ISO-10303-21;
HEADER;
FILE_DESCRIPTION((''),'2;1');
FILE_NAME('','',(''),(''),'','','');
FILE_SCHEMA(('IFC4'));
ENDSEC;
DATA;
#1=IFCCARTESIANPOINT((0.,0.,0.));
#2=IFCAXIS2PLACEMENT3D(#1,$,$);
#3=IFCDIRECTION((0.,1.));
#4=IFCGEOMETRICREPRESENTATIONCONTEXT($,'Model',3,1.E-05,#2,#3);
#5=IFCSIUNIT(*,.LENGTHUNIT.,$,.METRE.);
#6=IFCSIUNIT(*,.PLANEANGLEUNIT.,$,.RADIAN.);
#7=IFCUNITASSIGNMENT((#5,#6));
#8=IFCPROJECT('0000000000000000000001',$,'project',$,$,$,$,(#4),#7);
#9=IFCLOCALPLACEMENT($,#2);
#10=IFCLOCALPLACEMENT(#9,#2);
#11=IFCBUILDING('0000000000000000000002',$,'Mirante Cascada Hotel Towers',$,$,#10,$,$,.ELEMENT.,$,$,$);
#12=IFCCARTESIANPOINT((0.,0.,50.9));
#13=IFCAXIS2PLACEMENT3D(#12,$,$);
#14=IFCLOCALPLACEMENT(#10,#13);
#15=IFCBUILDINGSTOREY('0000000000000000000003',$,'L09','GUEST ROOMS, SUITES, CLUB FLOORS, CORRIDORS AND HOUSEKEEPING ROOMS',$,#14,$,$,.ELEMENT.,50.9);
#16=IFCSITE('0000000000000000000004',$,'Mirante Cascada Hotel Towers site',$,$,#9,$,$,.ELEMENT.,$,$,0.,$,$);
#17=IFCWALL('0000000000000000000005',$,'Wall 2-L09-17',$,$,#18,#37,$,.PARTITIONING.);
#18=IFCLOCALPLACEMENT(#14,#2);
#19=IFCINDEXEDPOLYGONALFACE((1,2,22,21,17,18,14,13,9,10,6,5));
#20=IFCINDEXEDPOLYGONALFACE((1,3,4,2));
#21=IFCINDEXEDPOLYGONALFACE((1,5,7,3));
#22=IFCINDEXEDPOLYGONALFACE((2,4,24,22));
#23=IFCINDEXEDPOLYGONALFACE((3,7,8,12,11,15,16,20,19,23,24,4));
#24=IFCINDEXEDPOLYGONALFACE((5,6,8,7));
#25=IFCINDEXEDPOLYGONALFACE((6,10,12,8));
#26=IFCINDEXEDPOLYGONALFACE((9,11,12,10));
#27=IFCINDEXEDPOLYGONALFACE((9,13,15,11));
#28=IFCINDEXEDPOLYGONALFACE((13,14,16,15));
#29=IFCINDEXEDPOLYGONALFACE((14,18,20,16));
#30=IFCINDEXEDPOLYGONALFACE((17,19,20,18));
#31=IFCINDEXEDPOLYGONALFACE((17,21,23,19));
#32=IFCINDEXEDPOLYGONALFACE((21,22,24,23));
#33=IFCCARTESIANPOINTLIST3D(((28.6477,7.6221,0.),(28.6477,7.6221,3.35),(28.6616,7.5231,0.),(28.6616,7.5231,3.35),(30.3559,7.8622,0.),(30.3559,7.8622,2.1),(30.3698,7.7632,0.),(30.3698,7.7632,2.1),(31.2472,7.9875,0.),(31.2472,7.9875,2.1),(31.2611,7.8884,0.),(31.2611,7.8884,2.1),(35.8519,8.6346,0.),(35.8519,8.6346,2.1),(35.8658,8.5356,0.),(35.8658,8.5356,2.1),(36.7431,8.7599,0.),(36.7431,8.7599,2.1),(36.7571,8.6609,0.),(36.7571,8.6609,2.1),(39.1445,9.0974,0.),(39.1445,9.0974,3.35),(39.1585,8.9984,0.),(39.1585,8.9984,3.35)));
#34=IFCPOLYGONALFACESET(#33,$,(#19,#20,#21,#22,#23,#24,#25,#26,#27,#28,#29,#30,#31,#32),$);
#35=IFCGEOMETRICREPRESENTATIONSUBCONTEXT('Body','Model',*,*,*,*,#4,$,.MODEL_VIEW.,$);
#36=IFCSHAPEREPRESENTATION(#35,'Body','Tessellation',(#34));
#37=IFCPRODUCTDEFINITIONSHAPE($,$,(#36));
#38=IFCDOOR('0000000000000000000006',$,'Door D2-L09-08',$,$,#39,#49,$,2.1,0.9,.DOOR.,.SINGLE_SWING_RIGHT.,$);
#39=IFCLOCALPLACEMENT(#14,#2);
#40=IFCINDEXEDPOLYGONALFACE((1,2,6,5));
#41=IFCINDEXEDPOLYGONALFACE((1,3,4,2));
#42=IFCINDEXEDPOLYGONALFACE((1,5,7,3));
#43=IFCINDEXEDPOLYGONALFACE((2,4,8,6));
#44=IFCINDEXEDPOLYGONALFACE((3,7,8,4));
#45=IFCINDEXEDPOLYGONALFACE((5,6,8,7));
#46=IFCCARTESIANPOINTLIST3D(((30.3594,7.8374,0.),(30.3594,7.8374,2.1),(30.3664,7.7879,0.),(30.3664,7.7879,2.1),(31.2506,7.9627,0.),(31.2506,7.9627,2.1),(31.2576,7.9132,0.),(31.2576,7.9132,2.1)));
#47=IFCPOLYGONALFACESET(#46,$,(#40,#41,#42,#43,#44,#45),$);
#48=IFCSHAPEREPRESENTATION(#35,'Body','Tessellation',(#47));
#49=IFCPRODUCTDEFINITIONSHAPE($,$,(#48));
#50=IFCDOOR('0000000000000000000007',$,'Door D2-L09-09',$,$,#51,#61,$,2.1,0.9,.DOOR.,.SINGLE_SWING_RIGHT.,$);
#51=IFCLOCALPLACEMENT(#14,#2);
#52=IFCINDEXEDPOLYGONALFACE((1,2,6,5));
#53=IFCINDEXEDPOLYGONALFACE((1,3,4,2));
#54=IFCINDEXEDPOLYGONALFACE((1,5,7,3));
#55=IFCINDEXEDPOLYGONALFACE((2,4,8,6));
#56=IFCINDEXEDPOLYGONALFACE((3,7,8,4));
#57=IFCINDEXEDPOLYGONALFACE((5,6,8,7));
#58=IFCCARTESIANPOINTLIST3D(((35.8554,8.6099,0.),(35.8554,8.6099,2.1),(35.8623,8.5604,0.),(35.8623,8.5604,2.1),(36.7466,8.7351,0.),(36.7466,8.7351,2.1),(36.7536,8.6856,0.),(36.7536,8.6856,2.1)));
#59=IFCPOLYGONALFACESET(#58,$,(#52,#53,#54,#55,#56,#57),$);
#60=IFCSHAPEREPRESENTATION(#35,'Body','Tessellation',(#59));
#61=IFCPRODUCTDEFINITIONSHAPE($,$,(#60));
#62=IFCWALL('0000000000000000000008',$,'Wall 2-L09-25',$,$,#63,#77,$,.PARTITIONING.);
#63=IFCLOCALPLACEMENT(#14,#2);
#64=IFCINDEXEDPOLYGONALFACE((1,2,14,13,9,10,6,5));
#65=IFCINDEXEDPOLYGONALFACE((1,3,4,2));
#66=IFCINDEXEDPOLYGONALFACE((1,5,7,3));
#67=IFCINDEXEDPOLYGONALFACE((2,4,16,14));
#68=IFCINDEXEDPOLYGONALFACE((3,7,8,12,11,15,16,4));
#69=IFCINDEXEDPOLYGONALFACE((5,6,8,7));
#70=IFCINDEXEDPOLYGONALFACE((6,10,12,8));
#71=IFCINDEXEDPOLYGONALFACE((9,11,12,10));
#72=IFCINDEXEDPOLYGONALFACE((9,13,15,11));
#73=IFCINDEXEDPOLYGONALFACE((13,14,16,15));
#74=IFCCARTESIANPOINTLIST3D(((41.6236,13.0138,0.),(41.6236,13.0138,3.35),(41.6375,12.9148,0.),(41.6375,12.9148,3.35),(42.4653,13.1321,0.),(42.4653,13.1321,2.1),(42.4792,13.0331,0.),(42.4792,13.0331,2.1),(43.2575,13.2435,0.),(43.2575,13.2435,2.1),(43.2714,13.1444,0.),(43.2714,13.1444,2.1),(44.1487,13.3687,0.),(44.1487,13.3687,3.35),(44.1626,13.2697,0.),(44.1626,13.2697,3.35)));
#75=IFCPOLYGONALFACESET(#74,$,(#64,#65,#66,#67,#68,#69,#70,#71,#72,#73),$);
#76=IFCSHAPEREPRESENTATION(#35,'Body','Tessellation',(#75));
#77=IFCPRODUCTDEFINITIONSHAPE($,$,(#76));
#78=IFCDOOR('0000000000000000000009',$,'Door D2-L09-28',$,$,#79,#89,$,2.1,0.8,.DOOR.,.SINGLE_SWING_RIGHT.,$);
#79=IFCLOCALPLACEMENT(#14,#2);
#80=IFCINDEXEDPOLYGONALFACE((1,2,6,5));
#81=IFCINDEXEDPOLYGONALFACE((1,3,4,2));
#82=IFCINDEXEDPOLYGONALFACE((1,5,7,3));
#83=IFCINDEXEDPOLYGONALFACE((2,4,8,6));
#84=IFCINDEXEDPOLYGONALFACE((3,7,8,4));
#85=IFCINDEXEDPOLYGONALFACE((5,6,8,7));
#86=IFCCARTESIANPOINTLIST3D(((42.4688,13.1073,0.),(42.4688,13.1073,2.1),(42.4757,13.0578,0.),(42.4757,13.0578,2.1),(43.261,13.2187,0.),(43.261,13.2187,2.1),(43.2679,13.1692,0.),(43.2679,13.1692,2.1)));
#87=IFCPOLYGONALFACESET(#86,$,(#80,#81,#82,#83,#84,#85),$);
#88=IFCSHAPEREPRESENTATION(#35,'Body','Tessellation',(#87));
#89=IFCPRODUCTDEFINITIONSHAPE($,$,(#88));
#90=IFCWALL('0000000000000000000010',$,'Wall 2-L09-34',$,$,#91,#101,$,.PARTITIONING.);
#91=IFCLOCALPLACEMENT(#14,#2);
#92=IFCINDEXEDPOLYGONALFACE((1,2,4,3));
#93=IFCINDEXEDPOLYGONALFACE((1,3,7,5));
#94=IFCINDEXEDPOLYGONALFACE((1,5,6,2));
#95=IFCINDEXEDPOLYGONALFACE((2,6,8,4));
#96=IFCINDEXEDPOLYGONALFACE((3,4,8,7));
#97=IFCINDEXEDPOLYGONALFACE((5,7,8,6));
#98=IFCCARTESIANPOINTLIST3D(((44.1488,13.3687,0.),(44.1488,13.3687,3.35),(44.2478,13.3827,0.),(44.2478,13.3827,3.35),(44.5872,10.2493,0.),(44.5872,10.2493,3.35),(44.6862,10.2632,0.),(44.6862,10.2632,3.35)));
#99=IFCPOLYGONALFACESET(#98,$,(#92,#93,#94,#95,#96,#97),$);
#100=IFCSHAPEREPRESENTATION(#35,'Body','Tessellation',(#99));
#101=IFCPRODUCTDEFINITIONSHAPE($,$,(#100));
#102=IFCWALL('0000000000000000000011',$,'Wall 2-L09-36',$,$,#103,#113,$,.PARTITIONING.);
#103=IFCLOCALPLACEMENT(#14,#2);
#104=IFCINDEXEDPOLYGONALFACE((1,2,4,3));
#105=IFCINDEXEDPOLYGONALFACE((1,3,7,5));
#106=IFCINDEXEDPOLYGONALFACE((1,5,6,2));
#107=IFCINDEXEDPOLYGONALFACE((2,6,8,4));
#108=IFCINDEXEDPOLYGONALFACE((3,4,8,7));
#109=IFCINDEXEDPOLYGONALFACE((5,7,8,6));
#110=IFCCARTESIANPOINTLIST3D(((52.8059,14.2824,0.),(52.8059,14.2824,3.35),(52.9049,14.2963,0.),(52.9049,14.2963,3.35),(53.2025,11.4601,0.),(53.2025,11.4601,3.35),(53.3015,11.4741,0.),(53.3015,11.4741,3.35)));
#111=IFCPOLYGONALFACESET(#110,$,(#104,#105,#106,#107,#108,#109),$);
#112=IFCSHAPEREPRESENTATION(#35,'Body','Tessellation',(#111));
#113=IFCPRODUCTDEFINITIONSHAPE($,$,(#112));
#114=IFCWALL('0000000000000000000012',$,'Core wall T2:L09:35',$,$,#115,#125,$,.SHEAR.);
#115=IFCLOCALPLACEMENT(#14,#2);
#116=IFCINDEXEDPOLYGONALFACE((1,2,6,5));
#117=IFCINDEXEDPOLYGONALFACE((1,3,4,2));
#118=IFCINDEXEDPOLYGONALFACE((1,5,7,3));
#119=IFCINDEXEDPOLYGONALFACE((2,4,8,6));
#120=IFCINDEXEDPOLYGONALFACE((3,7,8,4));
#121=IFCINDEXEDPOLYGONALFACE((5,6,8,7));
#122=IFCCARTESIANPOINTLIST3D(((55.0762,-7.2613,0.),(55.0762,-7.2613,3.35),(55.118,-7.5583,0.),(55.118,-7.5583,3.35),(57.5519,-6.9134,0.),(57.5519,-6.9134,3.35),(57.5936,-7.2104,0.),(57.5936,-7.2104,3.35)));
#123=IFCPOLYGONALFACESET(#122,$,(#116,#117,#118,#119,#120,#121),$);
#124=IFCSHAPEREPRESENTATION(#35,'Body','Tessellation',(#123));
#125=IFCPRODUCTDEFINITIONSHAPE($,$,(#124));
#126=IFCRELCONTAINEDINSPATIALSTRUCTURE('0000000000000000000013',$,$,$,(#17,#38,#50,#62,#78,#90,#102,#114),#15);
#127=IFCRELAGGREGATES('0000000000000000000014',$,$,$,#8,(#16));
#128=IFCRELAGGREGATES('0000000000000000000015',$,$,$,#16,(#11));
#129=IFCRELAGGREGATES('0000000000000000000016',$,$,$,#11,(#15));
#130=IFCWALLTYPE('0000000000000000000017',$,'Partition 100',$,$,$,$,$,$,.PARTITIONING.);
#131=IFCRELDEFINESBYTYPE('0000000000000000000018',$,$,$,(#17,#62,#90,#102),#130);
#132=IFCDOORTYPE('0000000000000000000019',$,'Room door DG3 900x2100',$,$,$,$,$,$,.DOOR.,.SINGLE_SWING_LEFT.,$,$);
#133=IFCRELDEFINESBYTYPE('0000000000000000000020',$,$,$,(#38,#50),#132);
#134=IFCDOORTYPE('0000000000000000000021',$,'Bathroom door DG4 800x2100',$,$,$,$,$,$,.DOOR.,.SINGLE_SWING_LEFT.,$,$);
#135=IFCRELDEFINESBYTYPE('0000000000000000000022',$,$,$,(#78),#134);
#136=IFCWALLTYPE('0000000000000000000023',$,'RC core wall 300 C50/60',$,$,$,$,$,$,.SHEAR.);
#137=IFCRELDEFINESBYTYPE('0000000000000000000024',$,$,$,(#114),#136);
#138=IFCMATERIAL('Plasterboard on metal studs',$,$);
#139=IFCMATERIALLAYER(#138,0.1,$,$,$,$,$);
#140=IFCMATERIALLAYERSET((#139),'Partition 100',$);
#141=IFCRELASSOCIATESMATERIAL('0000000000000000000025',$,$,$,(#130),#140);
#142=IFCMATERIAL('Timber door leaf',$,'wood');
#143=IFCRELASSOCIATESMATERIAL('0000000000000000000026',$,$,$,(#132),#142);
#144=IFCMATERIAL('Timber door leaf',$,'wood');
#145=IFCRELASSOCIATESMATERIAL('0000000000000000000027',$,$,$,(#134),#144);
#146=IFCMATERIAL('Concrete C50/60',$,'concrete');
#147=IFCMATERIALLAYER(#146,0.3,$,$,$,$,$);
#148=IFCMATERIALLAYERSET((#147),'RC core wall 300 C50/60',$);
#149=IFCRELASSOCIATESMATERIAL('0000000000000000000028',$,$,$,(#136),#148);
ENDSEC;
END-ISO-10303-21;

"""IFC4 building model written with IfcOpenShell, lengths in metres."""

from ifc_helpers import new_model, si_unit, direction, frame, frame_2d, origin, place, context, subcontext, project, spatial, rectangle, extrude, material, layer, layer_set, type_object, element, fill, save


model = new_model("IFC4")

# Units and contexts
model_context = context("Model", 3, precision=1e-05, world=origin(), true_north=direction((0.0, 1.0)))
body_context = subcontext(model_context, "Body", "Model", "MODEL_VIEW")
ifc_project = project(units=[si_unit("LENGTHUNIT", "METRE"), si_unit("PLANEANGLEUNIT", "RADIAN")], contexts=[model_context])

# Site, building, storey
site_placement = place(None, origin())
site = spatial("IfcSite", under=ifc_project, at=site_placement, Name="Mirante Cascada Hotel Towers site", CompositionType="ELEMENT", RefElevation=0.0)
building_placement = place(site_placement, origin())
building = spatial("IfcBuilding", under=site, at=building_placement, Name="Mirante Cascada Hotel Towers", CompositionType="ELEMENT")
storey_placement = place(building_placement, frame((0.0, 0.0, 50.9)))
storey = spatial("IfcBuildingStorey", under=building, at=storey_placement, Name="L09", Description="GUEST ROOMS, SUITES, CLUB FLOORS, CORRIDORS AND HOUSEKEEPING ROOMS", CompositionType="ELEMENT", Elevation=50.9)

# Wall, openings, doors
ifc_material_1 = material(Name="Plasterboard on metal studs")
ifc_layer_1 = layer(ifc_material_1, 0.1)
ifc_layer_set_1 = layer_set([ifc_layer_1], Name="Partition 100")
wall_type_1 = type_object("IfcWallType", Name="Partition 100", PredefinedType="PARTITIONING", material=ifc_layer_set_1)
ifc_material_2 = material(Name="Timber door leaf", Category="wood")
door_type_1 = type_object("IfcDoorType", Name="Room door DG3 900x2100", OperationType="SINGLE_SWING_LEFT", PredefinedType="DOOR", material=ifc_material_2)
wall_1_placement = place(storey_placement, frame((39.1515, 9.0479, 0.0), z_axis=(0.0, 0.0, 1.0), x_axis=(-0.990267, -0.13918, 0.0)))
wall_1 = element("IfcWall", 1, at=wall_1_placement, inside=storey, type_object=wall_type_1, Name="Wall 2-L09-17", PredefinedType="PARTITIONING", context=body_context, shape_type="SweptSolid", body=[
    extrude(rectangle(XDim=10.6, YDim=0.1, at=frame_2d((5.3, 0.0))), origin(), (0.0, 0.0, 1.0), 3.35),
])
opening_1_placement = place(wall_1_placement, frame((7.975, 0.0, 0.0)))
opening_1 = element("IfcOpeningElement", 2, at=opening_1_placement, cuts=wall_1, PredefinedType="OPENING", context=body_context, shape_type="SweptSolid", body=[
    extrude(rectangle(XDim=0.9, YDim=2.1, at=frame_2d((0.45, 1.05))), frame((0.0, 0.05, 0.0), z_axis=(0.0, -1.0, 0.0), x_axis=(1.0, 0.0, 0.0)), (0.0, 0.0, 1.0), 0.1),
])
opening_2_placement = place(wall_1_placement, frame((2.425, 0.0, 0.0)))
opening_2 = element("IfcOpeningElement", 3, at=opening_2_placement, cuts=wall_1, PredefinedType="OPENING", context=body_context, shape_type="SweptSolid", body=[
    extrude(rectangle(XDim=0.9, YDim=2.1, at=frame_2d((0.45, 1.05))), frame((0.0, 0.05, 0.0), z_axis=(0.0, -1.0, 0.0), x_axis=(1.0, 0.0, 0.0)), (0.0, 0.0, 1.0), 0.1),
])
door_1_placement = place(opening_1_placement, frame((0.9, 0.0, 0.0), z_axis=(0.0, 0.0, 1.0), x_axis=(-1.0, 0.0, 0.0)))
door_1 = element("IfcDoor", 4, at=door_1_placement, inside=storey, type_object=door_type_1, Name="Door D2-L09-08", OperationType="SINGLE_SWING_RIGHT", OverallHeight=2.1, OverallWidth=0.9, PredefinedType="DOOR", context=body_context, shape_type="SweptSolid", body=[
    extrude(rectangle(XDim=0.9, YDim=2.1, at=frame_2d((0.45, 1.05))), frame((0.0, 0.025, 0.0), z_axis=(0.0, -1.0, 0.0), x_axis=(1.0, 0.0, 0.0)), (0.0, 0.0, 1.0), 0.05),
])
fill(opening_1, door_1)
door_2_placement = place(opening_2_placement, frame((0.9, 0.0, 0.0), z_axis=(0.0, 0.0, 1.0), x_axis=(-1.0, 0.0, 0.0)))
door_2 = element("IfcDoor", 5, at=door_2_placement, inside=storey, type_object=door_type_1, Name="Door D2-L09-09", OperationType="SINGLE_SWING_RIGHT", OverallHeight=2.1, OverallWidth=0.9, PredefinedType="DOOR", context=body_context, shape_type="SweptSolid", body=[
    extrude(rectangle(XDim=0.9, YDim=2.1, at=frame_2d((0.45, 1.05))), frame((0.0, 0.025, 0.0), z_axis=(0.0, -1.0, 0.0), x_axis=(1.0, 0.0, 0.0)), (0.0, 0.0, 1.0), 0.05),
])
fill(opening_2, door_2)

# Wall, opening, door
wall_2_placement = place(storey_placement, frame((44.1557, 13.3192, 0.0), z_axis=(0.0, 0.0, 1.0), x_axis=(-0.990267, -0.139181, 0.0)))
wall_2 = element("IfcWall", 6, at=wall_2_placement, inside=storey, type_object=wall_type_1, Name="Wall 2-L09-25", PredefinedType="PARTITIONING", context=body_context, shape_type="SweptSolid", body=[
    extrude(rectangle(XDim=2.5499, YDim=0.1, at=frame_2d((1.275, 0.0))), origin(), (0.0, 0.0, 1.0), 3.35),
])
opening_3_placement = place(wall_2_placement, frame((0.9, 0.0, 0.0)))
opening_3 = element("IfcOpeningElement", 7, at=opening_3_placement, cuts=wall_2, PredefinedType="OPENING", context=body_context, shape_type="SweptSolid", body=[
    extrude(rectangle(XDim=0.8, YDim=2.1, at=frame_2d((0.4, 1.05))), frame((0.0, 0.05, 0.0), z_axis=(0.0, -1.0, 0.0), x_axis=(1.0, 0.0, 0.0)), (0.0, 0.0, 1.0), 0.1),
])
ifc_material_3 = material(Name="Timber door leaf", Category="wood")
door_type_2 = type_object("IfcDoorType", Name="Bathroom door DG4 800x2100", OperationType="SINGLE_SWING_LEFT", PredefinedType="DOOR", material=ifc_material_3)
door_3_placement = place(opening_3_placement, frame((0.8, 0.0, 0.0), z_axis=(0.0, 0.0, 1.0), x_axis=(-1.0, 0.0, 0.0)))
door_3 = element("IfcDoor", 8, at=door_3_placement, inside=storey, type_object=door_type_2, Name="Door D2-L09-28", OperationType="SINGLE_SWING_RIGHT", OverallHeight=2.1, OverallWidth=0.8, PredefinedType="DOOR", context=body_context, shape_type="SweptSolid", body=[
    extrude(rectangle(XDim=0.8, YDim=2.1, at=frame_2d((0.4, 1.05))), frame((0.0, 0.025, 0.0), z_axis=(0.0, -1.0, 0.0), x_axis=(1.0, 0.0, 0.0)), (0.0, 0.0, 1.0), 0.05),
])
fill(opening_3, door_3)

# Walls
wall_3_placement = place(storey_placement, frame((44.6367, 10.2563, 0.0), z_axis=(0.0, 0.0, 1.0), x_axis=(-0.139172, 0.990268, 0.0)))
element("IfcWall", 9, at=wall_3_placement, inside=storey, type_object=wall_type_1, Name="Wall 2-L09-34", PredefinedType="PARTITIONING", context=body_context, shape_type="SweptSolid", body=[
    extrude(rectangle(XDim=3.1501, YDim=0.1, at=frame_2d((1.575, 0.0))), origin(), (0.0, 0.0, 1.0), 3.35),
])
wall_4_placement = place(storey_placement, frame((53.252, 11.4671, 0.0), z_axis=(0.0, 0.0, 1.0), x_axis=(-0.139156, 0.99027, 0.0)))
element("IfcWall", 10, at=wall_4_placement, inside=storey, type_object=wall_type_1, Name="Wall 2-L09-36", PredefinedType="PARTITIONING", context=body_context, shape_type="SweptSolid", body=[
    extrude(rectangle(XDim=2.85, YDim=0.1, at=frame_2d((1.425, 0.0))), origin(), (0.0, 0.0, 1.0), 3.35),
])
ifc_material_4 = material(Name="Concrete C50/60", Category="concrete")
ifc_layer_2 = layer(ifc_material_4, 0.3)
ifc_layer_set_2 = layer_set([ifc_layer_2], Name="RC core wall 300 C50/60")
wall_type_2 = type_object("IfcWallType", Name="RC core wall 300 C50/60", PredefinedType="SHEAR", material=ifc_layer_set_2)
wall_5_placement = place(storey_placement, frame((55.0971, -7.4098, 0.0), z_axis=(0.0, 0.0, 1.0), x_axis=(0.99027, 0.139159, 0.0)))
element("IfcWall", 11, at=wall_5_placement, inside=storey, type_object=wall_type_2, Name="Core wall T2:L09:35", PredefinedType="SHEAR", context=body_context, shape_type="SweptSolid", body=[
    extrude(rectangle(XDim=2.5, YDim=0.3, at=frame_2d((1.25, 0.0))), origin(), (0.0, 0.0, 1.0), 3.35),
])

save(model, "model.ifc")
